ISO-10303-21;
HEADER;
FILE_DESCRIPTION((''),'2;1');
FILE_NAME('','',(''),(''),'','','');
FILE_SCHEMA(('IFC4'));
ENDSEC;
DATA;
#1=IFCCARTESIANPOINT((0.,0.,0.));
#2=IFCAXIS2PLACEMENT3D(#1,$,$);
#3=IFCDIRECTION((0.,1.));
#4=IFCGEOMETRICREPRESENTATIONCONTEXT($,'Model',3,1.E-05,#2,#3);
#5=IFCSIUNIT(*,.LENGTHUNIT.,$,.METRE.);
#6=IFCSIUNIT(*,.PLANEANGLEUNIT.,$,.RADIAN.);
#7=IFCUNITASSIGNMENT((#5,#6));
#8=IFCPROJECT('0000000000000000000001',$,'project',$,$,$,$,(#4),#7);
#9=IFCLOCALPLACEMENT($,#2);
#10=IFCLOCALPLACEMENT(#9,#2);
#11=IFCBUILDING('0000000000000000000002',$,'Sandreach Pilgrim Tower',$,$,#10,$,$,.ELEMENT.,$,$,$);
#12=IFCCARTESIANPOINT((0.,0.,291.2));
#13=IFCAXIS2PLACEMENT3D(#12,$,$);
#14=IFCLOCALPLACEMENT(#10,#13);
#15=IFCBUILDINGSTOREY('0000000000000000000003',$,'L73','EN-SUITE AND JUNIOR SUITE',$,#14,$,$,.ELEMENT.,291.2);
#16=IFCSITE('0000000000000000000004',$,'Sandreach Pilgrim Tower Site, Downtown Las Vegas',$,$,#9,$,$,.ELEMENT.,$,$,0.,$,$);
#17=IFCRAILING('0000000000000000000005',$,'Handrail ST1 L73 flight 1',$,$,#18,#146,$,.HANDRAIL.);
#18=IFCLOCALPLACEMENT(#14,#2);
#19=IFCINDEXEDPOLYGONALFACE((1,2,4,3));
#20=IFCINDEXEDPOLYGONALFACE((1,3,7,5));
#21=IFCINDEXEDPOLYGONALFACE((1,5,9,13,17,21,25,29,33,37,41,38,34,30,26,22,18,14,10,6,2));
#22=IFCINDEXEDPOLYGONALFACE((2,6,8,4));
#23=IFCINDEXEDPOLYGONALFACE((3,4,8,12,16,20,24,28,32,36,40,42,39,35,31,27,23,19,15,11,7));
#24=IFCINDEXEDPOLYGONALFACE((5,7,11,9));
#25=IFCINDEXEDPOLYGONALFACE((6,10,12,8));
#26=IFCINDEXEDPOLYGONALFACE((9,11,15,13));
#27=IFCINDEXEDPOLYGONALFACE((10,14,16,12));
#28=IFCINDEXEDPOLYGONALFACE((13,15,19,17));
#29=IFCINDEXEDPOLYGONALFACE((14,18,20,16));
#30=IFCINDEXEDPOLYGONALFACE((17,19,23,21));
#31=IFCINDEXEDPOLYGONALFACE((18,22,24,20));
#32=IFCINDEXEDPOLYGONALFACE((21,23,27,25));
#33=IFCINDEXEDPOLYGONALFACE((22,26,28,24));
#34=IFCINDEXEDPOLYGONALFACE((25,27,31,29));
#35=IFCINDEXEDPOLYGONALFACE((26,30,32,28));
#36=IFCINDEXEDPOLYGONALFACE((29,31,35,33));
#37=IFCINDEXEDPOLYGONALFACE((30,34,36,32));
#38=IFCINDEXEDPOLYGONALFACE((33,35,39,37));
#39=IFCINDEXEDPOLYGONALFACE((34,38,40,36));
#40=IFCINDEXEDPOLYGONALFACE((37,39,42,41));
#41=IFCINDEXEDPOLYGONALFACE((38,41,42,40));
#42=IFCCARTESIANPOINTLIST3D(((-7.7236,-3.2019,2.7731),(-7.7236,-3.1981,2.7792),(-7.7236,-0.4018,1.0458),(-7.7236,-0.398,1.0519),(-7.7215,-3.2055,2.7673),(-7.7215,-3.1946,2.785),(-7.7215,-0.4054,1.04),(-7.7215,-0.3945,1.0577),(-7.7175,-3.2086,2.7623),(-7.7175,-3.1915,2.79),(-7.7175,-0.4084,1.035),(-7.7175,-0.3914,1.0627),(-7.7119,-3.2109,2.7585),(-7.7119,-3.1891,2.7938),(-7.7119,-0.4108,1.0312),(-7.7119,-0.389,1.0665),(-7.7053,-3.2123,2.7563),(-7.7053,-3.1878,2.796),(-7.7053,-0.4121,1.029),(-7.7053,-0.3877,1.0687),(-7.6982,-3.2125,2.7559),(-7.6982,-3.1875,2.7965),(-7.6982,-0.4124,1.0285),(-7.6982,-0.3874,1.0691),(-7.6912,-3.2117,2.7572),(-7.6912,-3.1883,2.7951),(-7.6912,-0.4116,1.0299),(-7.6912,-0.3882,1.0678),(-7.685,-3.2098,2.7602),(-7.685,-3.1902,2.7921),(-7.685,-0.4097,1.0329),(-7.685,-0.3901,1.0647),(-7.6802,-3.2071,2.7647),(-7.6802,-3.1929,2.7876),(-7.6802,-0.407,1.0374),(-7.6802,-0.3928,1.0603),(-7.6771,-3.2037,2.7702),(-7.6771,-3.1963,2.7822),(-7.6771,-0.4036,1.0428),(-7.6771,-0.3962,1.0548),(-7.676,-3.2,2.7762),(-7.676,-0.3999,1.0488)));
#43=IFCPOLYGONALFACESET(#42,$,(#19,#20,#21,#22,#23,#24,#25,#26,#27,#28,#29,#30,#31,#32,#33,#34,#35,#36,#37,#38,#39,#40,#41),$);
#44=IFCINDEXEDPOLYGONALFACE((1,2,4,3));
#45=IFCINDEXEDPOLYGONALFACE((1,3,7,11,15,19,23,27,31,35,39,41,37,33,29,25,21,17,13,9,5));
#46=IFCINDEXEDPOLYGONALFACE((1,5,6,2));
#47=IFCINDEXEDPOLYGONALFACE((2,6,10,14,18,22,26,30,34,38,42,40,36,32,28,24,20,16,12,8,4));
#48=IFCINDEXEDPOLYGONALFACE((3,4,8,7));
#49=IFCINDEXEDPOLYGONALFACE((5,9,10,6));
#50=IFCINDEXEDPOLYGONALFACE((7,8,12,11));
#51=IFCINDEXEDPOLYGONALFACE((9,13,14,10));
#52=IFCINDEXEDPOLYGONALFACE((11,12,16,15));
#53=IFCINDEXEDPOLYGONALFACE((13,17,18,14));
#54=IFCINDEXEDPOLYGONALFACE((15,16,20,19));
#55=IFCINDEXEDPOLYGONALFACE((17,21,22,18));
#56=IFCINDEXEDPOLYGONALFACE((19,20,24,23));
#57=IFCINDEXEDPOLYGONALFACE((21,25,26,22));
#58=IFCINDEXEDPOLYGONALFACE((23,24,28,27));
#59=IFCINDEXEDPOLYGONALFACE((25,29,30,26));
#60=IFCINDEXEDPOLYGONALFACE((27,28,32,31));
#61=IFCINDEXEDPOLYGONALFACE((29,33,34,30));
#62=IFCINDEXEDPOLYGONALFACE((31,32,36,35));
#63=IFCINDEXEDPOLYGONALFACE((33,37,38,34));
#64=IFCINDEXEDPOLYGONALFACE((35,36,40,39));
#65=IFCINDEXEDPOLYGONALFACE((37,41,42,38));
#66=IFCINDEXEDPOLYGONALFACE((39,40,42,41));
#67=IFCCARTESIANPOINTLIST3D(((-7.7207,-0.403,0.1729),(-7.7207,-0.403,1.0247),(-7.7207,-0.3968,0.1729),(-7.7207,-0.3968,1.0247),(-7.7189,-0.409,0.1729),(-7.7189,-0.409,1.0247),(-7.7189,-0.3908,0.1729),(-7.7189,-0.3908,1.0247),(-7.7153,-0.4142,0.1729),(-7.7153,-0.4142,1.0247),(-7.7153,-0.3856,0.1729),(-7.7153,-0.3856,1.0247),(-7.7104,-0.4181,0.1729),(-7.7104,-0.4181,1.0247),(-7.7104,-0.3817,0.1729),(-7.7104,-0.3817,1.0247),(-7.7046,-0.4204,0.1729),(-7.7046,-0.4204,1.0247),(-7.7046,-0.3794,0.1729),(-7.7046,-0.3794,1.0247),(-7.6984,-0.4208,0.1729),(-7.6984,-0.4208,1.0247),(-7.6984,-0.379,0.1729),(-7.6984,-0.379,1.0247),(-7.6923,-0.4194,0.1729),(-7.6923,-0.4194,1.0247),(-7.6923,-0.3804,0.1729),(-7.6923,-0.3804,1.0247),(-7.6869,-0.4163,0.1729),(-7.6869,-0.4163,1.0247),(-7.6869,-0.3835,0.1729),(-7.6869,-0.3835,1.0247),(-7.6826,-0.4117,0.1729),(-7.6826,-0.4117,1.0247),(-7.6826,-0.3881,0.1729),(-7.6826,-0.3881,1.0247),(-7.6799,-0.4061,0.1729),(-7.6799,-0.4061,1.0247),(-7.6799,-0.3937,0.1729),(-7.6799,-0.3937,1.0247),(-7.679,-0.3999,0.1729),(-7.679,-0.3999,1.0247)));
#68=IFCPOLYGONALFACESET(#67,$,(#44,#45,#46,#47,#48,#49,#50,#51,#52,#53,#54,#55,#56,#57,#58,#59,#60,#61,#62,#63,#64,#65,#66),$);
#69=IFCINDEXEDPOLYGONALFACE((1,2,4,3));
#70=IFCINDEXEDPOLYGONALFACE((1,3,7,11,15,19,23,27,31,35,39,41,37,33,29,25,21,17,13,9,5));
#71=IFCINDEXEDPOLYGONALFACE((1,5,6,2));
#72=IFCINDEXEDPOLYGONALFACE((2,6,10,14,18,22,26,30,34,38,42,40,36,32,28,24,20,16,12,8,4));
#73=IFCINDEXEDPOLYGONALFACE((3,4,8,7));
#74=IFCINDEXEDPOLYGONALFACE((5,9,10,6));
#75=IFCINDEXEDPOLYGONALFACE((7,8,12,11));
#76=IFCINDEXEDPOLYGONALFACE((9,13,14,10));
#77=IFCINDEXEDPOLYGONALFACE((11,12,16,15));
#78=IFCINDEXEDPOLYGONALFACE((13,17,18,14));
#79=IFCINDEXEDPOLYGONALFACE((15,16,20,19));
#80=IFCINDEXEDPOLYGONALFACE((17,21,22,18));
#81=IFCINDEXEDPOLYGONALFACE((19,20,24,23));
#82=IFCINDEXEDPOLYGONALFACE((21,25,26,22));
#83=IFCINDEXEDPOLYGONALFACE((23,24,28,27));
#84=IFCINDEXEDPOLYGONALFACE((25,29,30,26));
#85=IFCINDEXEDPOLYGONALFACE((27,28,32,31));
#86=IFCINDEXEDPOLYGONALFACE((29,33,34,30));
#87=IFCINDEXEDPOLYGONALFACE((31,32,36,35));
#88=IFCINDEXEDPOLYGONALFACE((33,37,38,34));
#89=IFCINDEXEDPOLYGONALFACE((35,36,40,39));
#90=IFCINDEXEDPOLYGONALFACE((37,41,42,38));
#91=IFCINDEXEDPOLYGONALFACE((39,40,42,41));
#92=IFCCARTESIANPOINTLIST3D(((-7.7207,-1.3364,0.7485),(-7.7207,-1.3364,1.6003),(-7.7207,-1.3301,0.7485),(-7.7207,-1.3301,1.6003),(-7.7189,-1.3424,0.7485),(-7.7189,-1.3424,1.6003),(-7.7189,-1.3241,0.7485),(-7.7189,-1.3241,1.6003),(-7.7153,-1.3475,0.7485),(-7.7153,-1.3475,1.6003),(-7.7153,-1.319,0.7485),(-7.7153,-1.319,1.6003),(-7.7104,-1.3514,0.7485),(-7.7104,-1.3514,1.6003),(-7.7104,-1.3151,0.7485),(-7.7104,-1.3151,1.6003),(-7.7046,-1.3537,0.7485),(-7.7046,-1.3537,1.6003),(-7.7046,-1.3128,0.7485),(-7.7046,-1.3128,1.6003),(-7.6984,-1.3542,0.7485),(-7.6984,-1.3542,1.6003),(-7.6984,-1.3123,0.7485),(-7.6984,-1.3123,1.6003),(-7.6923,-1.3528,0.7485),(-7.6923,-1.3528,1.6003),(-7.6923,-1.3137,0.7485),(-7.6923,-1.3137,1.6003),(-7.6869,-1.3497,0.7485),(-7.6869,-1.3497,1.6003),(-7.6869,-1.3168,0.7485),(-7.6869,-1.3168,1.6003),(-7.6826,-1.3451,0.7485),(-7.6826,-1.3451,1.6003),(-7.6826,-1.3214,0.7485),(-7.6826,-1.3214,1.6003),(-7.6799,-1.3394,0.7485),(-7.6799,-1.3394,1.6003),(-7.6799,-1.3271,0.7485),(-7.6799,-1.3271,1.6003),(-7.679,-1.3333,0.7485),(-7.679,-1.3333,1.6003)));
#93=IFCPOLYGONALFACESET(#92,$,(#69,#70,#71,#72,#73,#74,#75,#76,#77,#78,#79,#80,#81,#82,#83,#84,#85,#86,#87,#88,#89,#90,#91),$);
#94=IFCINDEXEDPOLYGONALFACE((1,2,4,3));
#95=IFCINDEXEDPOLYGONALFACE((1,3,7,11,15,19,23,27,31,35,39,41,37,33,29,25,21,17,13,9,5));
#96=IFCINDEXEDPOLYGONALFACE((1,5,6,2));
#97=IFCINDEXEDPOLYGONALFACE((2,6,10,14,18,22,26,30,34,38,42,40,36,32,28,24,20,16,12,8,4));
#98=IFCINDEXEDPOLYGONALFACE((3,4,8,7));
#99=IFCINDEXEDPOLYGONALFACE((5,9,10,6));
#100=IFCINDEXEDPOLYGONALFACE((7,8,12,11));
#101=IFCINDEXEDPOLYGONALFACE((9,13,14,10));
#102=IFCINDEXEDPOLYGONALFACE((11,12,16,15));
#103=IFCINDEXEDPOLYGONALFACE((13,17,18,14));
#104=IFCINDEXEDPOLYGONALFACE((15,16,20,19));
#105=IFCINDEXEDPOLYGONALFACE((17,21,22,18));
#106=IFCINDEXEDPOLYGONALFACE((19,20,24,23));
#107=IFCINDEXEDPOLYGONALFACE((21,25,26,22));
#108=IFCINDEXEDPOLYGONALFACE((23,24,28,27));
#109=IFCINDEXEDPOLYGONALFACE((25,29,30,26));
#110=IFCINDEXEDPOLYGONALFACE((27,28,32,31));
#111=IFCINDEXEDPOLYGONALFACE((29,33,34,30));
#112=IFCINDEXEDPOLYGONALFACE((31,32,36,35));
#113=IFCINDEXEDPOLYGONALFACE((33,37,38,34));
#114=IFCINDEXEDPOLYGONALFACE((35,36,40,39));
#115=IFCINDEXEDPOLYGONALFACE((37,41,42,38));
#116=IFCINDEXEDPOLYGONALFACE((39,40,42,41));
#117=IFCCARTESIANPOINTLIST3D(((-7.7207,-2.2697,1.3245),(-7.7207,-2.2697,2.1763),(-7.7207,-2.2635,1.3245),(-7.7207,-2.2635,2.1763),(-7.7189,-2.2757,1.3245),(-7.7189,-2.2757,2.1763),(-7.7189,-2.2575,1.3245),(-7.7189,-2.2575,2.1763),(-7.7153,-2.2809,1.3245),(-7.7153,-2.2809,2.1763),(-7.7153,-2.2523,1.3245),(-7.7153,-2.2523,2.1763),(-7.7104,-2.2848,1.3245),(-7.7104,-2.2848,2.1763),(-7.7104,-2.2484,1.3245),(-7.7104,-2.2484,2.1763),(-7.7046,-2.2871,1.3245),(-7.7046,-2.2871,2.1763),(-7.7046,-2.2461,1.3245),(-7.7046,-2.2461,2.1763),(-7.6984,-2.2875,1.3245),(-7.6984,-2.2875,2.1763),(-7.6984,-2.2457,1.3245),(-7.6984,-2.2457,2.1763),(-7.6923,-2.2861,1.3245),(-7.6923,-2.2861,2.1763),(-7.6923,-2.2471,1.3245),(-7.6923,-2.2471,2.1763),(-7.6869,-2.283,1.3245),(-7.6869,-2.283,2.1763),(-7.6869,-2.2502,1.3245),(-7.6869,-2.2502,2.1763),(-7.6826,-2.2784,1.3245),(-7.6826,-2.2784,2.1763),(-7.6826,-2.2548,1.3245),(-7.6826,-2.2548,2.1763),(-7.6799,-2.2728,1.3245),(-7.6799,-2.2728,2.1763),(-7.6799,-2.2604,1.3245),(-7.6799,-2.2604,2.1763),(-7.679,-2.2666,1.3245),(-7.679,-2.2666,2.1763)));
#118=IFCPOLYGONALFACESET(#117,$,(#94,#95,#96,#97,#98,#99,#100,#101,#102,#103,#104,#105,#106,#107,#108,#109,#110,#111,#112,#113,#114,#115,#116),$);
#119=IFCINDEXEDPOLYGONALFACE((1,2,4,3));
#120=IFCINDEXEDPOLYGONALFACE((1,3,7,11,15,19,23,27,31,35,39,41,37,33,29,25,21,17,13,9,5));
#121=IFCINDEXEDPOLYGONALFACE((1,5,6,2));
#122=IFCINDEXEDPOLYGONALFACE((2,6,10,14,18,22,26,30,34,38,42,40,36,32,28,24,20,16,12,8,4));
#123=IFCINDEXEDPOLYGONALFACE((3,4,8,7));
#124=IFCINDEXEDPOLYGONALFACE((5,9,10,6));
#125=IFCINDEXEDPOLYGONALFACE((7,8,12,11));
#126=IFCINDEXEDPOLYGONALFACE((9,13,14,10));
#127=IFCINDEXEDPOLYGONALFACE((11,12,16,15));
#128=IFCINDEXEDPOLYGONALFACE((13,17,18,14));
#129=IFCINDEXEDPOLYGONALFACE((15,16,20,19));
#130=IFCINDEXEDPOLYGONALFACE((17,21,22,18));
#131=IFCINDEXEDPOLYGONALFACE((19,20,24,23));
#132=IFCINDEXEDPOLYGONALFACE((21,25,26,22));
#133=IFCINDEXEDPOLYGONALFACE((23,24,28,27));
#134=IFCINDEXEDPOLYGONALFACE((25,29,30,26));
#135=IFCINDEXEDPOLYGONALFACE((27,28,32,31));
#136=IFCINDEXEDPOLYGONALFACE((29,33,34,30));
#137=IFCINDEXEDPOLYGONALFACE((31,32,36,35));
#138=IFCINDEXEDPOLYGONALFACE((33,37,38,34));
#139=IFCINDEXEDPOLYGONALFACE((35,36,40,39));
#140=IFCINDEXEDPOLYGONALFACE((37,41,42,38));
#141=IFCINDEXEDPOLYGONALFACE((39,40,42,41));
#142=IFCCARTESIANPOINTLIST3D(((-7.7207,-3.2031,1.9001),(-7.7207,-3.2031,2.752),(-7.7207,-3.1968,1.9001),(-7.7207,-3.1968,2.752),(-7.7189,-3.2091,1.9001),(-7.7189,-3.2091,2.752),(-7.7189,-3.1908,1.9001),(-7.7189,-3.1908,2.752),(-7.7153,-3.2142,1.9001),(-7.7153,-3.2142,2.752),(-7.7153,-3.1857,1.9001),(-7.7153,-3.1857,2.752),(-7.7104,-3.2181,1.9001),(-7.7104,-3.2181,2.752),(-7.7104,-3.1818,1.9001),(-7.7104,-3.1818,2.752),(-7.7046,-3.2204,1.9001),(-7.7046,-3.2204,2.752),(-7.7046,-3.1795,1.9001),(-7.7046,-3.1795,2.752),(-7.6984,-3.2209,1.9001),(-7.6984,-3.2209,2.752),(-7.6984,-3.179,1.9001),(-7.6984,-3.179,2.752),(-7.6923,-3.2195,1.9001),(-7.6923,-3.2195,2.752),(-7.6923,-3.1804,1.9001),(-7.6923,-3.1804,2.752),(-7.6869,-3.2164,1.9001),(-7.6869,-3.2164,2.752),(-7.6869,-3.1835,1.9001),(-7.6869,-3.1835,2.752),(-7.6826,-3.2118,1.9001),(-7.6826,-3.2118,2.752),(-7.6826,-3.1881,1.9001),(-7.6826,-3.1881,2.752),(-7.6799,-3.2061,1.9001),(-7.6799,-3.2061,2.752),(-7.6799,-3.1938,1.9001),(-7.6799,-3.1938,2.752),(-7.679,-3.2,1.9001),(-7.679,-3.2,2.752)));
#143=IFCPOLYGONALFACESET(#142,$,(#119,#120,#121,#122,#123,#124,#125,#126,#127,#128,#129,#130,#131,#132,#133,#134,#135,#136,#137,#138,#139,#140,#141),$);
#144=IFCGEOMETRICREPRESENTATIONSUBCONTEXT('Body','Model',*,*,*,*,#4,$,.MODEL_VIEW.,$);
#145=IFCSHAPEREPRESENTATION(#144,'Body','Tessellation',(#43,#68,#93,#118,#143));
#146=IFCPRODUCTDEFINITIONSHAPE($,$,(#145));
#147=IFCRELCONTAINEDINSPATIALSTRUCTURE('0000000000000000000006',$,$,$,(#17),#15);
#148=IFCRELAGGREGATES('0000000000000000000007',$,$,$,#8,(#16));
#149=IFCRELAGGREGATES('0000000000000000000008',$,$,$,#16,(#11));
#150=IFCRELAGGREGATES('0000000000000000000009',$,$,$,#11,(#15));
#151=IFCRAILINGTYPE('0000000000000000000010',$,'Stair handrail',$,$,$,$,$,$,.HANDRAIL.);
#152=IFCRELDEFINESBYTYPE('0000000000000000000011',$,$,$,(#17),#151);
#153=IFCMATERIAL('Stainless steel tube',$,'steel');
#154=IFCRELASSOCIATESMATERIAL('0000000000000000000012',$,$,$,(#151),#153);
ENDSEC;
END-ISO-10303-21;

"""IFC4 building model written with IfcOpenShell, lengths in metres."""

from ifc_helpers import new_model, si_unit, direction, frame, origin, origin_2d, place, context, subcontext, project, spatial, circle, extrude, material, type_object, element, save


model = new_model("IFC4")

# Units and contexts
model_context = context("Model", 3, precision=1e-05, world=origin(), true_north=direction((0.0, 1.0)))
body_context = subcontext(model_context, "Body", "Model", "MODEL_VIEW")
ifc_project = project(units=[si_unit("LENGTHUNIT", "METRE"), si_unit("PLANEANGLEUNIT", "RADIAN")], contexts=[model_context])

# Site, building, storey
site_placement = place(None, origin())
site = spatial("IfcSite", under=ifc_project, at=site_placement, Name="Sandreach Pilgrim Tower Site, Downtown Las Vegas", CompositionType="ELEMENT", RefElevation=0.0)
building_placement = place(site_placement, origin())
building = spatial("IfcBuilding", under=site, at=building_placement, Name="Sandreach Pilgrim Tower", CompositionType="ELEMENT")
storey_placement = place(building_placement, frame((0.0, 0.0, 291.2)))
storey = spatial("IfcBuildingStorey", under=building, at=storey_placement, Name="L73", Description="EN-SUITE AND JUNIOR SUITE", CompositionType="ELEMENT", Elevation=291.2)

# Railing
ifc_material_1 = material(Name="Stainless steel tube", Category="steel")
railing_type = type_object("IfcRailingType", Name="Stair handrail", PredefinedType="HANDRAIL", material=ifc_material_1)
railing_placement = place(storey_placement, frame((-7.7, -0.3999, 0.1729)))
element("IfcRailing", 1, at=railing_placement, inside=storey, type_object=railing_type, Name="Handrail ST1 L73 flight 1", PredefinedType="HANDRAIL", context=body_context, shape_type="SweptSolid", body=[
    extrude(circle(Radius=0.0239, at=origin_2d()), frame((0.0, 0.0, 0.876), z_axis=(0.0, -0.85109, 0.52502), x_axis=(1.0, 0.0, 0.0)), (0.0, 0.0, 1.0), 3.29),
    extrude(circle(Radius=0.021, at=origin_2d()), origin(), (0.0, 0.0, 1.0), 0.8518),
    extrude(circle(Radius=0.021, at=origin_2d()), frame((0.0, -0.9333, 0.5757)), (0.0, 0.0, 1.0), 0.8518),
    extrude(circle(Radius=0.021, at=origin_2d()), frame((0.0, -1.8667, 1.1516)), (0.0, 0.0, 1.0), 0.8518),
    extrude(circle(Radius=0.021, at=origin_2d()), frame((0.0, -2.8, 1.7273)), (0.0, 0.0, 1.0), 0.8518),
])

save(model, "model.ifc")
